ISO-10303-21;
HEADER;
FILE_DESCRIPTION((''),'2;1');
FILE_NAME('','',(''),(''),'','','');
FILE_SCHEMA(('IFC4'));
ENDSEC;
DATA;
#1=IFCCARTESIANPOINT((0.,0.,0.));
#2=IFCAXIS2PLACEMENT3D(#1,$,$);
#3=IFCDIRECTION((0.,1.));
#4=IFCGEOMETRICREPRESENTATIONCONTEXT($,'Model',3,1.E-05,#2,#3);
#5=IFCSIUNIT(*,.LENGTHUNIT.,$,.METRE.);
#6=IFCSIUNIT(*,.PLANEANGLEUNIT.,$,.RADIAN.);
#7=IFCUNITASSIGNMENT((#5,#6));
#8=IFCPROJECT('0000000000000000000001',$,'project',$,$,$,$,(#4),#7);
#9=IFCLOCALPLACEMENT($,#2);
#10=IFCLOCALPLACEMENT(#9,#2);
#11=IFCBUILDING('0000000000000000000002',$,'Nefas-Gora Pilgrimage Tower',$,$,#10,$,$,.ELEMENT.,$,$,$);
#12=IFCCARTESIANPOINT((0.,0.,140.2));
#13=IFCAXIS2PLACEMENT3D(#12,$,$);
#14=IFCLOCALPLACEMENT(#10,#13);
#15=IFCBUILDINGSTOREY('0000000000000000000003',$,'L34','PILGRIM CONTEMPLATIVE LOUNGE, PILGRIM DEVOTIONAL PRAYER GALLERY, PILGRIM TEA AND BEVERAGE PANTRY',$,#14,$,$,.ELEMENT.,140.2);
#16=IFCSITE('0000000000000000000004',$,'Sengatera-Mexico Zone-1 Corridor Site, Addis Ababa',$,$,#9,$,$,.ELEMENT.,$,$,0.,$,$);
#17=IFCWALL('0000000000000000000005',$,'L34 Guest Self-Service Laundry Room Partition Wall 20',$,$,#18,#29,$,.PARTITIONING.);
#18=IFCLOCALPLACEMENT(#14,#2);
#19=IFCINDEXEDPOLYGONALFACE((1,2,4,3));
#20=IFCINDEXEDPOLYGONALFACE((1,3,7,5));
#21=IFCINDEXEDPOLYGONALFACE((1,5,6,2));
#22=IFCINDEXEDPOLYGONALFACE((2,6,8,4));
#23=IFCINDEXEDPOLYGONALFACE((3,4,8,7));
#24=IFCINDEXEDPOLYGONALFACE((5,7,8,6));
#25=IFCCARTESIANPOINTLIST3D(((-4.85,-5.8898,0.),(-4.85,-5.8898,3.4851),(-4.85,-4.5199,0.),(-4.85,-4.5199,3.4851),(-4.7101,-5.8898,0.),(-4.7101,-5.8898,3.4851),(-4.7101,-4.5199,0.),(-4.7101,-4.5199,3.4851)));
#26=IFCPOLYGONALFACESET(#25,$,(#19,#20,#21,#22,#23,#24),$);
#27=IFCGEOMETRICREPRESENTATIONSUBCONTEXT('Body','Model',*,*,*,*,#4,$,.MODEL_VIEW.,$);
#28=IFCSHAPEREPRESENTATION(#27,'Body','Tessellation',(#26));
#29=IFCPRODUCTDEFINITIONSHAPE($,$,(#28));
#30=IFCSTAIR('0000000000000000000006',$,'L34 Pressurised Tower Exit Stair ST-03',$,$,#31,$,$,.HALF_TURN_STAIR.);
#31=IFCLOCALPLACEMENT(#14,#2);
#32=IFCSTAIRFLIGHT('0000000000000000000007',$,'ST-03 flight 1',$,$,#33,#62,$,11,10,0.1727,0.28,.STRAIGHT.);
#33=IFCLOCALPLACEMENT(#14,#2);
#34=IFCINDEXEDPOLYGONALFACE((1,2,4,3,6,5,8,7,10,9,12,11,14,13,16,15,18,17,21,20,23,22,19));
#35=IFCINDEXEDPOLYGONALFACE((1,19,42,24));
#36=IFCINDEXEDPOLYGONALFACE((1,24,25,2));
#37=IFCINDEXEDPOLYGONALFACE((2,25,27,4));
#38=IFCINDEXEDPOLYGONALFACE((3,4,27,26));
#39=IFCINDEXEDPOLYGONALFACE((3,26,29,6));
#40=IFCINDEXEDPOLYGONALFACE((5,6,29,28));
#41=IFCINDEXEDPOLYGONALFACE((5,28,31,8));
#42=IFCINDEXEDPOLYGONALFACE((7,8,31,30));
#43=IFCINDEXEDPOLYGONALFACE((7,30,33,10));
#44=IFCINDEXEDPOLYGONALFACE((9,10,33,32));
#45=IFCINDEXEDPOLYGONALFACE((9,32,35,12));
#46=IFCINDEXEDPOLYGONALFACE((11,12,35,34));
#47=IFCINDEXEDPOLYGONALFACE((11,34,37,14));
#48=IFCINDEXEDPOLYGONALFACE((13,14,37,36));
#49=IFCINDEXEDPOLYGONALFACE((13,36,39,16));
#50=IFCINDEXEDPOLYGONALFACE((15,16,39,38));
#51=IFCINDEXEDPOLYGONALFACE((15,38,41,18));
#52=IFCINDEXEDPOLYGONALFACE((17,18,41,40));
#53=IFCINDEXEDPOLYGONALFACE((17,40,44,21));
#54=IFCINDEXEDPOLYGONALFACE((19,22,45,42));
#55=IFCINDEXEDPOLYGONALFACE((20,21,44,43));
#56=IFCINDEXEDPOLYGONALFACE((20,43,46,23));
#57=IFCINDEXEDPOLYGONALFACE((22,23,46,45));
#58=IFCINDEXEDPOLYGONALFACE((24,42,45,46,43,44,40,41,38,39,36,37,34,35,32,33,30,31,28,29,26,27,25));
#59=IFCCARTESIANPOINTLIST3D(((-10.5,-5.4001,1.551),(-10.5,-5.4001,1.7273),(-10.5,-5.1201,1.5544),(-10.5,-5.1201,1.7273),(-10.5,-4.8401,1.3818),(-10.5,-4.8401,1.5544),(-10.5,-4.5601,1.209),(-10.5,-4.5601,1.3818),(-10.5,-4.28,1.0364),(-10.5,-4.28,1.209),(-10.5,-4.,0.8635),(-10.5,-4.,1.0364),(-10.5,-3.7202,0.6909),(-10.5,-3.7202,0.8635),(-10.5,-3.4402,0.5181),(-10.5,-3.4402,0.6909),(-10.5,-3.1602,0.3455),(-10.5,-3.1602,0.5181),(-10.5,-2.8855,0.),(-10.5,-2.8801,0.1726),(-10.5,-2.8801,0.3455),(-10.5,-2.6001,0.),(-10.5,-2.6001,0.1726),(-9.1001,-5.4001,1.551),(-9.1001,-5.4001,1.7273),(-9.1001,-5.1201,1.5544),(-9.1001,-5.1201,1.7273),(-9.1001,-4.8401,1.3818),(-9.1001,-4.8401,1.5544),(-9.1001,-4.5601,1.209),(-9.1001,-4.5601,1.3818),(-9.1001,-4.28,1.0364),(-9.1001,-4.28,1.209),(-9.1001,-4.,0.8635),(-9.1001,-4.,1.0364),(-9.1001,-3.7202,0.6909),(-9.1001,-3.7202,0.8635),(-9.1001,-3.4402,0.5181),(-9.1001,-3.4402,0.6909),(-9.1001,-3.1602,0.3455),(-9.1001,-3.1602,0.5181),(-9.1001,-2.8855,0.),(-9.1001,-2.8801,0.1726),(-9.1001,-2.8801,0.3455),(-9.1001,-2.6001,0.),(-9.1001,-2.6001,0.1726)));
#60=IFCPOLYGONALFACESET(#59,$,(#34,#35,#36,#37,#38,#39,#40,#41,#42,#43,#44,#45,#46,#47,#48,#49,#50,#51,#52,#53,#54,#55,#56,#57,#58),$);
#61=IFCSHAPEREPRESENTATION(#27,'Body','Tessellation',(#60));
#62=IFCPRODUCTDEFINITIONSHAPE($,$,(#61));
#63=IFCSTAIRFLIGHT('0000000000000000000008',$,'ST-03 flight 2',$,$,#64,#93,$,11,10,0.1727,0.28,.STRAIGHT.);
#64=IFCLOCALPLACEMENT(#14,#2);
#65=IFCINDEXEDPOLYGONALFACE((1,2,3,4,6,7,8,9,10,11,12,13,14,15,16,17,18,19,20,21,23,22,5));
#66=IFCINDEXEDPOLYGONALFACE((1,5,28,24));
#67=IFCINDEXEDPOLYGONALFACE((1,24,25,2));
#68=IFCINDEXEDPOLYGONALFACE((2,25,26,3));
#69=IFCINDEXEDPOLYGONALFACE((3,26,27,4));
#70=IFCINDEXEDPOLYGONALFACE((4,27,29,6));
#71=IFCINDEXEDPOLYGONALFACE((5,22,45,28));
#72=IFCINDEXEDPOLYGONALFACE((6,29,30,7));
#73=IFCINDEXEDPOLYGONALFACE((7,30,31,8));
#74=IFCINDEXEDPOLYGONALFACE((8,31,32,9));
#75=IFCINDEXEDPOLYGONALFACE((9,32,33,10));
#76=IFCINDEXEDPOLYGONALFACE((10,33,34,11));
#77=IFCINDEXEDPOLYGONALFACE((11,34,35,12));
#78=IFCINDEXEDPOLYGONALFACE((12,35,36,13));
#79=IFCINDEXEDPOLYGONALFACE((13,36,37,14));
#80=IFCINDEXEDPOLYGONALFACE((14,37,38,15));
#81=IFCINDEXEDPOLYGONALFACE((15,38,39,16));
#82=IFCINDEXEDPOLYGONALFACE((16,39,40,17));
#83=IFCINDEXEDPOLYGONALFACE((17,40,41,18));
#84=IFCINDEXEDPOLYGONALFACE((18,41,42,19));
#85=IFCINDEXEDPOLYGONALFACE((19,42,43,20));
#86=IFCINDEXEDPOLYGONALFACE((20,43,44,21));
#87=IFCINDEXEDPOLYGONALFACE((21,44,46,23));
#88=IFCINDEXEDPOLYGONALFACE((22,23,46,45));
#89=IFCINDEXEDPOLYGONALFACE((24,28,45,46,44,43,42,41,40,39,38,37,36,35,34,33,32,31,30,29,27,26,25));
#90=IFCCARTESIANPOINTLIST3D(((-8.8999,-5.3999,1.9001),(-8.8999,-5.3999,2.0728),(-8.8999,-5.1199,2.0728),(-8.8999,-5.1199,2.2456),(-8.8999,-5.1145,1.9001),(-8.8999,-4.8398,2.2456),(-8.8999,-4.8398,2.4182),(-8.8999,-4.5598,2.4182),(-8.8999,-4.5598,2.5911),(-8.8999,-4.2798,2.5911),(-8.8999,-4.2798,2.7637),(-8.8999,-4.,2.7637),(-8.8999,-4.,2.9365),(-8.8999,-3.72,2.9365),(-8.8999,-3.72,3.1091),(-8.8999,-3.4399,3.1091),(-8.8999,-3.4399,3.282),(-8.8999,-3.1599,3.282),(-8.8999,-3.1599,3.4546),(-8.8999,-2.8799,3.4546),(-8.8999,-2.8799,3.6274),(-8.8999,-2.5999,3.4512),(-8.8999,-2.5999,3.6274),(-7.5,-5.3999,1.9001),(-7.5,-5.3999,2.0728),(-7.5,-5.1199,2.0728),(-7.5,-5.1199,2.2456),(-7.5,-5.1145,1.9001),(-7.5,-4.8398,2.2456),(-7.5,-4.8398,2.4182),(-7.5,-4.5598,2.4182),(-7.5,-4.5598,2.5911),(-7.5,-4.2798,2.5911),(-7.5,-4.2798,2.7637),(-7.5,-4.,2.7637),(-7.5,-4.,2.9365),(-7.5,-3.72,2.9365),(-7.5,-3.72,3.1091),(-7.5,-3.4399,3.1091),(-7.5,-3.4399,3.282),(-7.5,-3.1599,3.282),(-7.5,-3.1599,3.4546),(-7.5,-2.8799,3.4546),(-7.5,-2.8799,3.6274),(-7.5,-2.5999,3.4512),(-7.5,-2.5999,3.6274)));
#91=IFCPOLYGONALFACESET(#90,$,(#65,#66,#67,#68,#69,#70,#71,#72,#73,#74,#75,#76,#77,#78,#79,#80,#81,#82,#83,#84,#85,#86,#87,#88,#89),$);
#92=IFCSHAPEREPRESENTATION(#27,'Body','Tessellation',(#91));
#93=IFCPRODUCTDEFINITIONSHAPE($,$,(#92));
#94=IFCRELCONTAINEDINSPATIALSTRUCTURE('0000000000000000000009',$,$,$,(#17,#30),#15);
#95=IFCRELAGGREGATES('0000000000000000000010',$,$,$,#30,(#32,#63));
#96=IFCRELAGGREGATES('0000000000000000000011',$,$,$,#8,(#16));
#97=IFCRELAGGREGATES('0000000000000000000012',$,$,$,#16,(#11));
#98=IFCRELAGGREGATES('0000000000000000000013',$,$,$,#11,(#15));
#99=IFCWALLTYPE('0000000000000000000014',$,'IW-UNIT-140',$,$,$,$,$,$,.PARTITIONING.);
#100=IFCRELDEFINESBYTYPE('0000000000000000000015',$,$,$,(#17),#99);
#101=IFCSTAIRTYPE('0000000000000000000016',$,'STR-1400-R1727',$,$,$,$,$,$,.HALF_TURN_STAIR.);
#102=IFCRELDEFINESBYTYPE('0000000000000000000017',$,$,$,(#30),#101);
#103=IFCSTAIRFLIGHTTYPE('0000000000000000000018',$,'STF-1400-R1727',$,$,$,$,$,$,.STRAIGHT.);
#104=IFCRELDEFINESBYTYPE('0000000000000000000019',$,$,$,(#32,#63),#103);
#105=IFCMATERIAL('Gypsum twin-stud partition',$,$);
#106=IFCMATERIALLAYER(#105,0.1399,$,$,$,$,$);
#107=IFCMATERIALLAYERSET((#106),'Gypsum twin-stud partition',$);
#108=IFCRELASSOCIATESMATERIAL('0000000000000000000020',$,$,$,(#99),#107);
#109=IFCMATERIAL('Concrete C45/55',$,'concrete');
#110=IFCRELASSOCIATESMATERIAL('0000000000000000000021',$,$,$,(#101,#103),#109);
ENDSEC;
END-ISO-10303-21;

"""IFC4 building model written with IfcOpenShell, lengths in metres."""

from ifc_helpers import new_model, si_unit, direction, frame, frame_2d, origin, place, context, subcontext, project, spatial, polyline, rectangle, outline, extrude, source, transform, mapped, material, layer, layer_set, type_object, element, aggregate, save


model = new_model("IFC4")

# Units and contexts
model_context = context("Model", 3, precision=1e-05, world=origin(), true_north=direction((0.0, 1.0)))
body_context = subcontext(model_context, "Body", "Model", "MODEL_VIEW")
ifc_project = project(units=[si_unit("LENGTHUNIT", "METRE"), si_unit("PLANEANGLEUNIT", "RADIAN")], contexts=[model_context])

# Site, building, storey
site_placement = place(None, origin())
site = spatial("IfcSite", under=ifc_project, at=site_placement, Name="Sengatera-Mexico Zone-1 Corridor Site, Addis Ababa", CompositionType="ELEMENT", RefElevation=0.0)
building_placement = place(site_placement, origin())
building = spatial("IfcBuilding", under=site, at=building_placement, Name="Nefas-Gora Pilgrimage Tower", CompositionType="ELEMENT")
storey_placement = place(building_placement, frame((0.0, 0.0, 140.2)))
storey = spatial("IfcBuildingStorey", under=building, at=storey_placement, Name="L34", Description="PILGRIM CONTEMPLATIVE LOUNGE, PILGRIM DEVOTIONAL PRAYER GALLERY, PILGRIM TEA AND BEVERAGE PANTRY", CompositionType="ELEMENT", Elevation=140.2)

# Shared definitions
ifc_material_1 = material(Name="Concrete C45/55", Category="concrete")

# Shared definitions
ifc_material_2 = material(Name="Gypsum twin-stud partition")
ifc_layer_1 = layer(ifc_material_2, 0.1399)
ifc_layer_set_1 = layer_set([ifc_layer_1], Name="Gypsum twin-stud partition")
wall_type_1 = type_object("IfcWallType", Name="IW-UNIT-140", PredefinedType="PARTITIONING", material=ifc_layer_set_1)

# Wall
shared_shape_1 = source(origin(), body_context, "Body", "SweptSolid", [
    extrude(rectangle(XDim=1.3699, YDim=0.1399, at=frame_2d((0.6851, 0.0))), origin(), (0.0, 0.0, 1.0), 3.4851),
])
wall_1_placement = place(storey_placement, frame((-4.78, -5.8899, 0.0), z_axis=(0.0, 0.0, 1.0), x_axis=(0.0, 1.0, 0.0)))
element("IfcWall", 1, at=wall_1_placement, inside=storey, type_object=wall_type_1, Name="L34 Guest Self-Service Laundry Room Partition Wall 20", PredefinedType="PARTITIONING", context=body_context, shape_type="MappedRepresentation", body=[
    mapped(shared_shape_1, transform((0.0, 0.0, 0.0), x_axis=(1.0, 0.0, 0.0), y_axis=(0.0, 1.0, 0.0), z_axis=(0.0, 0.0, 1.0), scale=1.0)),
])

# Stair, stair flights
stair_type = type_object("IfcStairType", Name="STR-1400-R1727", PredefinedType="HALF_TURN_STAIR", material=ifc_material_1)
stair_placement = place(storey_placement, origin())
stair = element("IfcStair", 2, at=stair_placement, inside=storey, type_object=stair_type, Name="L34 Pressurised Tower Exit Stair ST-03", PredefinedType="HALF_TURN_STAIR")
stair_flight_type = type_object("IfcStairFlightType", Name="STF-1400-R1727", PredefinedType="STRAIGHT", material=ifc_material_1)
shared_shape_2 = source(origin(), body_context, "Body", "SweptSolid", [
    extrude(outline(polyline([(0.0, 0.0), (0.0, 0.1726), (0.28, 0.1726), (0.28, 0.3455), (0.5601, 0.3455), (0.5601, 0.5181), (0.8401, 0.5181), (0.8401, 0.6909), (1.1201, 0.6909), (1.1201, 0.8635), (1.3999, 0.8635), (1.3999, 1.0364), (1.6799, 1.0364), (1.6799, 1.209), (1.96, 1.209), (1.96, 1.3818), (2.24, 1.3818), (2.24, 1.5544), (2.52, 1.5544), (2.52, 1.7273), (2.8, 1.7273), (2.8, 1.8999), (2.8, 1.551), (0.2854, 0.0), (0.0, 0.0)])), frame((0.0, 0.7, 0.0), z_axis=(0.0, -1.0, 0.0), x_axis=(1.0, 0.0, 0.0)), (0.0, 0.0, 1.0), 1.3999),
])
stair_flight_1_placement = place(storey_placement, frame((-9.8, -2.6001, 0.0), z_axis=(0.0, 0.0, 1.0), x_axis=(0.0, -1.0, 0.0)))
stair_flight_1 = element("IfcStairFlight", 3, at=stair_flight_1_placement, type_object=stair_flight_type, Name="ST-03 flight 1", NumberOfRisers=11, NumberOfTreads=10, PredefinedType="STRAIGHT", RiserHeight=0.1727, TreadLength=0.28, context=body_context, shape_type="MappedRepresentation", body=[
    mapped(shared_shape_2, transform((0.0, 0.0, 0.0), x_axis=(1.0, 0.0, 0.0), y_axis=(0.0, 1.0, 0.0), z_axis=(0.0, 0.0, 1.0), scale=1.0)),
])
stair_flight_2_placement = place(storey_placement, frame((-8.2, -5.3999, 1.9001), z_axis=(0.0, 0.0, 1.0), x_axis=(0.0, 1.0, 0.0)))
stair_flight_2 = element("IfcStairFlight", 4, at=stair_flight_2_placement, type_object=stair_flight_type, Name="ST-03 flight 2", NumberOfRisers=11, NumberOfTreads=10, PredefinedType="STRAIGHT", RiserHeight=0.1727, TreadLength=0.28, context=body_context, shape_type="MappedRepresentation", body=[
    mapped(shared_shape_2, transform((0.0, 0.0, 0.0), x_axis=(1.0, 0.0, 0.0), y_axis=(0.0, 1.0, 0.0), z_axis=(0.0, 0.0, 1.0), scale=1.0)),
])
aggregate(stair, [stair_flight_1, stair_flight_2])

save(model, "model.ifc")
